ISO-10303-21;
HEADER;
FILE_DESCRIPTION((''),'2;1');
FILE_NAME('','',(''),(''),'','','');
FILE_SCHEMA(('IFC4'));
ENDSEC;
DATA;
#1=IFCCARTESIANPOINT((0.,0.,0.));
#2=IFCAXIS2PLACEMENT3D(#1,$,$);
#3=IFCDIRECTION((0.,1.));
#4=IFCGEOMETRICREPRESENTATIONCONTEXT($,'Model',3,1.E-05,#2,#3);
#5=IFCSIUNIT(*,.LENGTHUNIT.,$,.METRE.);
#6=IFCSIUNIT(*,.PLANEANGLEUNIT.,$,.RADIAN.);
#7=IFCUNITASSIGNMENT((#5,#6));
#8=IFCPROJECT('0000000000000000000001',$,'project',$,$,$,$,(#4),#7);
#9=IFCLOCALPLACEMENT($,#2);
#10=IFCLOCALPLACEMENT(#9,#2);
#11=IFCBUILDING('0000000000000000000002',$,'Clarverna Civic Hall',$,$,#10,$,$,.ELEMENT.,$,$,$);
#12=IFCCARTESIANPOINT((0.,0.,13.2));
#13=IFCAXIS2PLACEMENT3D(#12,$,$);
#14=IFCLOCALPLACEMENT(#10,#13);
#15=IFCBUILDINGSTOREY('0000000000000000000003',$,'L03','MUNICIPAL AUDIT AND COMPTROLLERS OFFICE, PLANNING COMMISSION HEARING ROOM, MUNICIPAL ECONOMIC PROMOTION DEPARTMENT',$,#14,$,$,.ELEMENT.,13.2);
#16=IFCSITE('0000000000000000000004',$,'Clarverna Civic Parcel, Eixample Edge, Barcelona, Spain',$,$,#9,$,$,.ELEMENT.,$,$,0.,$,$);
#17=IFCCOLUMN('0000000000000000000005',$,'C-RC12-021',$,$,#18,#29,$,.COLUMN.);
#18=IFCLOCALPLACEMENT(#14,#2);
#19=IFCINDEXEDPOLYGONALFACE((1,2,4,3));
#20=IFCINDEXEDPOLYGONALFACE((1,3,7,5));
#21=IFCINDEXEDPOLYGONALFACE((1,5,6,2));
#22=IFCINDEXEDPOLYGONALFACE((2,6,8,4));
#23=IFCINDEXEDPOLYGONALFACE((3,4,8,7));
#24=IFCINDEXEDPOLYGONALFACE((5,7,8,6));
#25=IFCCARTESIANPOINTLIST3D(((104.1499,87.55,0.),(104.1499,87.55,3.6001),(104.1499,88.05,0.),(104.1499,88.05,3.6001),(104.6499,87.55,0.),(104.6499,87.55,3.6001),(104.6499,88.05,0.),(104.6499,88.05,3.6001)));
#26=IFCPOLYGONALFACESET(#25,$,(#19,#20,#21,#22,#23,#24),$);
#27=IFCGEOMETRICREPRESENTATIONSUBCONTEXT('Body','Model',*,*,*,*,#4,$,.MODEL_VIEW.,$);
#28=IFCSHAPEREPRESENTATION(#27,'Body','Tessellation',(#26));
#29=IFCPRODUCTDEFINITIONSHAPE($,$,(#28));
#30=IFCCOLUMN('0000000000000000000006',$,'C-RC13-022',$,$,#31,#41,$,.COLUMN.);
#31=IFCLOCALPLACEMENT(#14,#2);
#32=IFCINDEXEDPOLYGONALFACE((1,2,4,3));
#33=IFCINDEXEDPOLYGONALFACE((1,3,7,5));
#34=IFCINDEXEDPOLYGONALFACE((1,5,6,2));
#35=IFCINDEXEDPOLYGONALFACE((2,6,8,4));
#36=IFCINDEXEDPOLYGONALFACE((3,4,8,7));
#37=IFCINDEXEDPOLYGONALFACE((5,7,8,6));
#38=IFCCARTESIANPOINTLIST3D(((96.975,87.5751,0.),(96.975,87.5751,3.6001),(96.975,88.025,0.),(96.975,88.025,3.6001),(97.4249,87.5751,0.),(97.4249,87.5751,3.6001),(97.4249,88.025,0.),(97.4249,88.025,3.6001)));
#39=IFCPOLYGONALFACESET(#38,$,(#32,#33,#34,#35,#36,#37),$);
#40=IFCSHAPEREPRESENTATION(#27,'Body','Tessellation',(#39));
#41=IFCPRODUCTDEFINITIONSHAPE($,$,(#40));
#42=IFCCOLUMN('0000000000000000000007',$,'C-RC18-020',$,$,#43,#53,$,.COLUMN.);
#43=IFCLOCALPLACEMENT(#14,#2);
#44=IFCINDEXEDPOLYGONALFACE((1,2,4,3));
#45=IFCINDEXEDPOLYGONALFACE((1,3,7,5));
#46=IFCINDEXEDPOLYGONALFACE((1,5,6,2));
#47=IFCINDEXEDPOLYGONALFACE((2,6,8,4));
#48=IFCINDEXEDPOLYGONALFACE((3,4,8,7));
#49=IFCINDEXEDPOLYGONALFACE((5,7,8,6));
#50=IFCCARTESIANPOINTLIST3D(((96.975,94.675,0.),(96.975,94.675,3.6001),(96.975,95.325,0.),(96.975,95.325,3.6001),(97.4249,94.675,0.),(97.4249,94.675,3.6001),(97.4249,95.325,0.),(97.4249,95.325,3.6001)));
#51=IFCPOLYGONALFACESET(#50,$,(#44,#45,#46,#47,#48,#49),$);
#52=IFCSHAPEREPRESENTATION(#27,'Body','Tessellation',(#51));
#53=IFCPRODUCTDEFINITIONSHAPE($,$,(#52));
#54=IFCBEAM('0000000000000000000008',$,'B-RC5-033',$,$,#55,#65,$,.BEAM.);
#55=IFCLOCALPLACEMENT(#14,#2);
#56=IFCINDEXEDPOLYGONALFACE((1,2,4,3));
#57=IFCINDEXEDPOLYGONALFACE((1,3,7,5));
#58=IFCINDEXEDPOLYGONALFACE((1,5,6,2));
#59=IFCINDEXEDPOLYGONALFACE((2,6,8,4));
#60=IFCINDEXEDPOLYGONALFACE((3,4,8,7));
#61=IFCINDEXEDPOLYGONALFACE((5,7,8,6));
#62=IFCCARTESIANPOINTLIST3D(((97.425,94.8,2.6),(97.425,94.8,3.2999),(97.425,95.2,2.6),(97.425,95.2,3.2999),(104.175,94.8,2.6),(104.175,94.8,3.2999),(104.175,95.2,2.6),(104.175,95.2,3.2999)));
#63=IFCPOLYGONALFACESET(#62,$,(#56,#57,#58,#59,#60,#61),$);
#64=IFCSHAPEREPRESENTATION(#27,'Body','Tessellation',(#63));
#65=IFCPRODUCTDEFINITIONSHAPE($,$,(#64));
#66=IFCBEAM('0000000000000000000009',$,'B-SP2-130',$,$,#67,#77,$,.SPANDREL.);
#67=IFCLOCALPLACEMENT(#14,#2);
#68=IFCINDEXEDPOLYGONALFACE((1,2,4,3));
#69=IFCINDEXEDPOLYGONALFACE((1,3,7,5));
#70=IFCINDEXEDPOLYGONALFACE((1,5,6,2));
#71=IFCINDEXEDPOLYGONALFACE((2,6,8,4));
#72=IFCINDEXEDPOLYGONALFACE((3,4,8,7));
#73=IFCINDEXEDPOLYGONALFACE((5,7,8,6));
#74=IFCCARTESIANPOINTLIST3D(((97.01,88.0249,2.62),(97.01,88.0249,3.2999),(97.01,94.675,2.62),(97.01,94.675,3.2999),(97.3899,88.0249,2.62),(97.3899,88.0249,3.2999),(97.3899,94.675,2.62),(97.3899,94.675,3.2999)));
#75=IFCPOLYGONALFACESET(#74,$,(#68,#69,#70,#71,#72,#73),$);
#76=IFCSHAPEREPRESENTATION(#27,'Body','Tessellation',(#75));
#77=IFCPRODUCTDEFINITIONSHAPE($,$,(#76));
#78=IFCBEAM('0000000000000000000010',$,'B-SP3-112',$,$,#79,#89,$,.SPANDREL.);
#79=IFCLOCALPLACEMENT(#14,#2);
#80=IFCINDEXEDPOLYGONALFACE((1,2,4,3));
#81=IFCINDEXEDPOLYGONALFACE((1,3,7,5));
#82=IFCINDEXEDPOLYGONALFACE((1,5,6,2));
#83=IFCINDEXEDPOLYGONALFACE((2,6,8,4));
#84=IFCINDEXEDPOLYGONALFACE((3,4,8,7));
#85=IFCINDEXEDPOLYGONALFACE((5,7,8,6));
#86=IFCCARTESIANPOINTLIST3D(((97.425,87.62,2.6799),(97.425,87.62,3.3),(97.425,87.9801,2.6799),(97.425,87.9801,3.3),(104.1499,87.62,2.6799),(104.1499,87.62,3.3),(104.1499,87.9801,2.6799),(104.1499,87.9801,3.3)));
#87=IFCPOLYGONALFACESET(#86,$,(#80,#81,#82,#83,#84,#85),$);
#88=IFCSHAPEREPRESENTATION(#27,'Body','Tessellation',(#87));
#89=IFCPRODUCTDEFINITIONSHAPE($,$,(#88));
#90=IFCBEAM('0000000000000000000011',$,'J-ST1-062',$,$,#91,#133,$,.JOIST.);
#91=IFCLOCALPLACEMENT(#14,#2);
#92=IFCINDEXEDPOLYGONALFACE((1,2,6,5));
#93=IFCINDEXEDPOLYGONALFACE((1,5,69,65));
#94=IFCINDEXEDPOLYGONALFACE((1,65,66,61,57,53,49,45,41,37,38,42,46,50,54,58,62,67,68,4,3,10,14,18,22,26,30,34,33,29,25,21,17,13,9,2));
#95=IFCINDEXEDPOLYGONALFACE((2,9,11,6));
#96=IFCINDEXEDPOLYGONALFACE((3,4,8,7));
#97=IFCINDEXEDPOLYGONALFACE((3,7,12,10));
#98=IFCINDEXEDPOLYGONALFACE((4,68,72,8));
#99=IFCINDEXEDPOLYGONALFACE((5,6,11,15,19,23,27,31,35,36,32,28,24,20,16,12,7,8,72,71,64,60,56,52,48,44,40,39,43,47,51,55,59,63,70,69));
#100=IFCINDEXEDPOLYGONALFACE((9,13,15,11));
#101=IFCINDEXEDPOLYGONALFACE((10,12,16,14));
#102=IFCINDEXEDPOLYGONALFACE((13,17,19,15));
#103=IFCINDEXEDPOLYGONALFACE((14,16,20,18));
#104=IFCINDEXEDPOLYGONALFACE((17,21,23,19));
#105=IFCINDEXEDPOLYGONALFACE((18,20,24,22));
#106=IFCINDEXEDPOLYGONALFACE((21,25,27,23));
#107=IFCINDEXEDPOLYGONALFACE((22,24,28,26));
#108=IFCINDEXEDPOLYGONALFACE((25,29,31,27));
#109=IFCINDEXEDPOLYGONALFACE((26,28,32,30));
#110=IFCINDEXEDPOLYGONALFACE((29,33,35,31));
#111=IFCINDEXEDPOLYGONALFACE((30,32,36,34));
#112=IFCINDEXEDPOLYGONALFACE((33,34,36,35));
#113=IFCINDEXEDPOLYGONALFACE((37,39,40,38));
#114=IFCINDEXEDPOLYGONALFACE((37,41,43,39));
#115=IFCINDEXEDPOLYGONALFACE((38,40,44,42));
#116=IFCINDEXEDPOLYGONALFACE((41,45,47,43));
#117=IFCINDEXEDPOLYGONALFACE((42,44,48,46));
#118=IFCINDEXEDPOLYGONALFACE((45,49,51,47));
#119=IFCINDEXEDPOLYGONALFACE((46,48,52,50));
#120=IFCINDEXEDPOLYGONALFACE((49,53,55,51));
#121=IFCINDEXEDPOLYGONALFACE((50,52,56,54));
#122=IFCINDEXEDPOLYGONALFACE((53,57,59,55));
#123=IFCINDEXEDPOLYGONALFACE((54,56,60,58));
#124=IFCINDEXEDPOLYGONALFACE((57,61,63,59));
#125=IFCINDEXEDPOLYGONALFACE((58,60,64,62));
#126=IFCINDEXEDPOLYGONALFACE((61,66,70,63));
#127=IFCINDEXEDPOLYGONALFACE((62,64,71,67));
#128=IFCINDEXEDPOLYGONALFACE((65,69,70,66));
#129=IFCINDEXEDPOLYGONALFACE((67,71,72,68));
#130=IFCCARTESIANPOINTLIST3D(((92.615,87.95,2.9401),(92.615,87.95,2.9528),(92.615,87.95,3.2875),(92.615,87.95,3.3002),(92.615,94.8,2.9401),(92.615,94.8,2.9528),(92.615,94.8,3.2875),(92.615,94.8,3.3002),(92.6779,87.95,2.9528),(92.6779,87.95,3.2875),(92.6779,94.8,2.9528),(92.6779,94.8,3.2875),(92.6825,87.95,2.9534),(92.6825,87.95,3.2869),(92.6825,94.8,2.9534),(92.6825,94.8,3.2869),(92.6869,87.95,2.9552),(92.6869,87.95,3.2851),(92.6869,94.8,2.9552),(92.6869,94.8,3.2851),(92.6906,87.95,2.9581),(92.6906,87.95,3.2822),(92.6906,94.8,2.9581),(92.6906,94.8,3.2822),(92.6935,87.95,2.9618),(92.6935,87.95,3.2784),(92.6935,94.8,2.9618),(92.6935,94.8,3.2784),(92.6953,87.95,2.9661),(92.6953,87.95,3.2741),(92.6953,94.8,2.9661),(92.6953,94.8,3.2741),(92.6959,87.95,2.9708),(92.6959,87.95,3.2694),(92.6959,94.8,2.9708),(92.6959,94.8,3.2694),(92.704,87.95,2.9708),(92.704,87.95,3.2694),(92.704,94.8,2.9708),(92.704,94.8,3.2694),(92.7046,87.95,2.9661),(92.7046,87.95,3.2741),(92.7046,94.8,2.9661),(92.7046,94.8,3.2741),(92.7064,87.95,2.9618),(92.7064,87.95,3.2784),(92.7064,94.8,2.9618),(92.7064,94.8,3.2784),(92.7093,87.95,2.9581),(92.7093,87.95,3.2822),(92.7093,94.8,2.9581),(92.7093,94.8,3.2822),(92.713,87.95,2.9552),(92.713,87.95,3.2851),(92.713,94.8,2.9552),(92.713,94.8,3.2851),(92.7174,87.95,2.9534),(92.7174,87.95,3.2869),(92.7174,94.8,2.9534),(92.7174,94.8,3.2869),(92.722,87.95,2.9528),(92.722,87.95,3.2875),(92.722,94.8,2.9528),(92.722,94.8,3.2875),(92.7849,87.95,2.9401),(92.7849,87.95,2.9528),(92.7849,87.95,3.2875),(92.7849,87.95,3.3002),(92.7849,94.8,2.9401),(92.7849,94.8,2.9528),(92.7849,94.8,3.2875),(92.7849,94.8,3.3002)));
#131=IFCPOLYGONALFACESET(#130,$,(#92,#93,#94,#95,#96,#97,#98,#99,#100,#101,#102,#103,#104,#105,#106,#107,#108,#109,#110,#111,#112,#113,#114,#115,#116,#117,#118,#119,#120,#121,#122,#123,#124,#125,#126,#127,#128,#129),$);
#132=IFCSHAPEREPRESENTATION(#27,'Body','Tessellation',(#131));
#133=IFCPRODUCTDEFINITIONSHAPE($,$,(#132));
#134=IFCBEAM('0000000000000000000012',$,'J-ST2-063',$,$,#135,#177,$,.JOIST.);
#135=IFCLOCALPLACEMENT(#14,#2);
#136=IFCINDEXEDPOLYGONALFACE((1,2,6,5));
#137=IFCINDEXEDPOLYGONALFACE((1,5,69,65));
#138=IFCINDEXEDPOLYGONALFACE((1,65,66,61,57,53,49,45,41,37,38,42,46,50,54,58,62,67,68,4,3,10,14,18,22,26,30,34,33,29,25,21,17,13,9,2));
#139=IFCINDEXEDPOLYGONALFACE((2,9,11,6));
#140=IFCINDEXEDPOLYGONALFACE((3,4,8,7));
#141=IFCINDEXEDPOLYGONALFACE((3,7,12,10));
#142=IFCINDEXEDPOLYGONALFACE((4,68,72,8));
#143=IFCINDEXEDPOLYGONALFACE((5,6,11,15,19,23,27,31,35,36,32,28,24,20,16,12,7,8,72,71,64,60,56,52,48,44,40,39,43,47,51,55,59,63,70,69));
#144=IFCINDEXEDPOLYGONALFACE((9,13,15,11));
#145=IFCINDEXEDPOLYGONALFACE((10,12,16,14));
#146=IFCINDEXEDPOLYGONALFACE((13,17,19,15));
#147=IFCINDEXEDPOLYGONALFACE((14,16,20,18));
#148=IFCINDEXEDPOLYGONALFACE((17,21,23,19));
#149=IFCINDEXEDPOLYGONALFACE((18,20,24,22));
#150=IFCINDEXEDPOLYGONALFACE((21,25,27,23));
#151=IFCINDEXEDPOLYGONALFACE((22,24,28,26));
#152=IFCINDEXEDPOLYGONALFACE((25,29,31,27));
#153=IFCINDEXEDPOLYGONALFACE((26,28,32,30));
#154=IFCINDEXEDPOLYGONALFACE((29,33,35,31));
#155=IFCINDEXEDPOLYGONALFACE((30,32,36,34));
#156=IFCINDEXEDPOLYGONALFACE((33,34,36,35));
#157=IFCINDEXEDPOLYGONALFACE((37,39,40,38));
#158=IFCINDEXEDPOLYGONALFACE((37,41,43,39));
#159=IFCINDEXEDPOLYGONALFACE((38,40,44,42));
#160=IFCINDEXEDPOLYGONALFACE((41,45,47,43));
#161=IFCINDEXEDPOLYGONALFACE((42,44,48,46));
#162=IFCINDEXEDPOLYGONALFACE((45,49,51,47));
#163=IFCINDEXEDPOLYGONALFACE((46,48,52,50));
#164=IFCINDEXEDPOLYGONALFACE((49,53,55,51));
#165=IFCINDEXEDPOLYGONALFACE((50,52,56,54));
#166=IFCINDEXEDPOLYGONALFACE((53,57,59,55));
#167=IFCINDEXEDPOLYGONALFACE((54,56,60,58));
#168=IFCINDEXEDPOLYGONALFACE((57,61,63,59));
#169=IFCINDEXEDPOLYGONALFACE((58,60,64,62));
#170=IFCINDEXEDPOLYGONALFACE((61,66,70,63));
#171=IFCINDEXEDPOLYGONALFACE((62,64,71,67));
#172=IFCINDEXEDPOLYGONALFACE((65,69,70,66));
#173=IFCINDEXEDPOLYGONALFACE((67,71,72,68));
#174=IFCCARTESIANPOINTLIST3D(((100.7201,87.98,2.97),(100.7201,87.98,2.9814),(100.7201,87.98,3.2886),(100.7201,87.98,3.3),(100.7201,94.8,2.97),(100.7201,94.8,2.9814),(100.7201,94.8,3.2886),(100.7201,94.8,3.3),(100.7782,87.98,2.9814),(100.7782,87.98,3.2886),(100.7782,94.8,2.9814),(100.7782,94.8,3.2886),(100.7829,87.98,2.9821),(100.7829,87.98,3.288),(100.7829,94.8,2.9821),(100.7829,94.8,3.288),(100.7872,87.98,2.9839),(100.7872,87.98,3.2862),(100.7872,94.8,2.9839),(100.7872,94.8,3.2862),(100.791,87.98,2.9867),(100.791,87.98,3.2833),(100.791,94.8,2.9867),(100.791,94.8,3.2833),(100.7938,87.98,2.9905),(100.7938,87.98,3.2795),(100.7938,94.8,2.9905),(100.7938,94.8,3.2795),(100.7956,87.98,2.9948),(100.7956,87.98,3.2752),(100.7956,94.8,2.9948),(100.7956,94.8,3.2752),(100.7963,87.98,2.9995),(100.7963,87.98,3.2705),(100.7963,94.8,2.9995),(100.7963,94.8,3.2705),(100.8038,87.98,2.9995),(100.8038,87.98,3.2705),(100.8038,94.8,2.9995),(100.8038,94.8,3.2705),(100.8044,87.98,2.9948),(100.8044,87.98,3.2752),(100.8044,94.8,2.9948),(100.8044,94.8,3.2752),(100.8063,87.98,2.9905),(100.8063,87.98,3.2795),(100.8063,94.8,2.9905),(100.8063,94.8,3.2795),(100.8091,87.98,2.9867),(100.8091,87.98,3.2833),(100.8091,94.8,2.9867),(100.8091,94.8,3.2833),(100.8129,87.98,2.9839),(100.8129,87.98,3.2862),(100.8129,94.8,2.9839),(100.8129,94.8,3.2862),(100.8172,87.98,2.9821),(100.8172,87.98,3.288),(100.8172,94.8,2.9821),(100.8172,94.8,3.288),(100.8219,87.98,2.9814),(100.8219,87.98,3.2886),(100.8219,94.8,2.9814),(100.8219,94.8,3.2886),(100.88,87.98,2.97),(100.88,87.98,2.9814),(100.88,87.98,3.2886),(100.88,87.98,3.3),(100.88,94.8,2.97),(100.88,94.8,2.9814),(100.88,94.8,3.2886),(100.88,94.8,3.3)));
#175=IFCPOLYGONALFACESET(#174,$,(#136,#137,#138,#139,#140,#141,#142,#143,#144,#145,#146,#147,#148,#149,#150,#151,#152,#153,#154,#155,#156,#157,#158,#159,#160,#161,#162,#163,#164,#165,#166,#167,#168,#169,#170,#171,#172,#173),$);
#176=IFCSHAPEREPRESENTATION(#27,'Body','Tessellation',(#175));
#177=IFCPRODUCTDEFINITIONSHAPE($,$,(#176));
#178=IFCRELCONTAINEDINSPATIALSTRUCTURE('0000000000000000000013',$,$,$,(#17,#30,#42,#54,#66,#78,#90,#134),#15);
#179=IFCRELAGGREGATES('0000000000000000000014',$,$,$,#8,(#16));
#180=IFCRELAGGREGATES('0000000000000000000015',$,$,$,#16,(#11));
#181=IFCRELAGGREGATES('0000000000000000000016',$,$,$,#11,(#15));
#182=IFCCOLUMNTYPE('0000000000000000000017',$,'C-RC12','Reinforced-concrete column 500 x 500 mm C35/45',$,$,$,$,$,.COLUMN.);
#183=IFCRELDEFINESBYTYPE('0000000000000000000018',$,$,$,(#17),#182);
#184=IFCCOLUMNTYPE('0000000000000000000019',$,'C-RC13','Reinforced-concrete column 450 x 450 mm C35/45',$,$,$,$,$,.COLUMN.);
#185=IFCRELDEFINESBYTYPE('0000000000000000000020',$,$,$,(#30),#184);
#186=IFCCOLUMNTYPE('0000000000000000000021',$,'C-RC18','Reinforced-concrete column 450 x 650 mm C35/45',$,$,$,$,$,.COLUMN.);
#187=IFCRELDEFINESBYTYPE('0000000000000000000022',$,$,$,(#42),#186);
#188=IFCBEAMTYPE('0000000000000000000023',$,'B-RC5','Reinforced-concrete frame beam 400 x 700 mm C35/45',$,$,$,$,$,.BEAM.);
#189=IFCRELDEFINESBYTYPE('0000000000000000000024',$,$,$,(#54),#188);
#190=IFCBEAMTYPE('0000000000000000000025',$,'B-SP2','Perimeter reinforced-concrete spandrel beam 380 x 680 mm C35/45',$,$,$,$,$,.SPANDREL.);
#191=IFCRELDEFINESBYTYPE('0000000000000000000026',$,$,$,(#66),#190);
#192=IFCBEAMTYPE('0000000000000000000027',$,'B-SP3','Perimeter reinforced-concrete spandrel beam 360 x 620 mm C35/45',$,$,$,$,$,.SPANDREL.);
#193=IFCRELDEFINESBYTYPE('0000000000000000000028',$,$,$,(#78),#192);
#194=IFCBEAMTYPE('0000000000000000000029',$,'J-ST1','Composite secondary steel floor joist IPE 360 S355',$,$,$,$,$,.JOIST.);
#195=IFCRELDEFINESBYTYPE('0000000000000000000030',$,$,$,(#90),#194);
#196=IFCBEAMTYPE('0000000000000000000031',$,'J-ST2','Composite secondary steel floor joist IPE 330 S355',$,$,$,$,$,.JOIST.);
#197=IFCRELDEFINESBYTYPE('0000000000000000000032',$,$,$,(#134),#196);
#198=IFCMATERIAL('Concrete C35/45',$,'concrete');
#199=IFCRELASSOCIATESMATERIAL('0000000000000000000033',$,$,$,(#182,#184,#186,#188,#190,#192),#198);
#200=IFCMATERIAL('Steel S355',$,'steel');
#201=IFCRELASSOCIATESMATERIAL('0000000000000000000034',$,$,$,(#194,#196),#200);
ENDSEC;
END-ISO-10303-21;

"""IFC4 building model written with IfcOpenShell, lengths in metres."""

from ifc_helpers import new_model, si_unit, direction, frame, origin, origin_2d, place, context, subcontext, project, spatial, rectangle, i_section, extrude, material, material_profile, profile_set, type_object, element, save


model = new_model("IFC4")

# Units and contexts
model_context = context("Model", 3, precision=1e-05, world=origin(), true_north=direction((0.0, 1.0)))
body_context = subcontext(model_context, "Body", "Model", "MODEL_VIEW")
ifc_project = project(units=[si_unit("LENGTHUNIT", "METRE"), si_unit("PLANEANGLEUNIT", "RADIAN")], contexts=[model_context])

# Site, building, storey
site_placement = place(None, origin())
site = spatial("IfcSite", under=ifc_project, at=site_placement, Name="Clarverna Civic Parcel, Eixample Edge, Barcelona, Spain", CompositionType="ELEMENT", RefElevation=0.0)
building_placement = place(site_placement, origin())
building = spatial("IfcBuilding", under=site, at=building_placement, Name="Clarverna Civic Hall", CompositionType="ELEMENT")
storey_placement = place(building_placement, frame((0.0, 0.0, 13.2)))
storey = spatial("IfcBuildingStorey", under=building, at=storey_placement, Name="L03", Description="MUNICIPAL AUDIT AND COMPTROLLERS OFFICE, PLANNING COMMISSION HEARING ROOM, MUNICIPAL ECONOMIC PROMOTION DEPARTMENT", CompositionType="ELEMENT", Elevation=13.2)

# Columns
ifc_material_1 = material(Name="Concrete C35/45", Category="concrete")
ifc_material_profile_1 = material_profile(ifc_material_1, rectangle(XDim=0.5, YDim=0.5, at=origin_2d()), Name="RC 500x500")
ifc_profile_set_1 = profile_set([ifc_material_profile_1], Name="Concrete C35/45")
column_type_1 = type_object("IfcColumnType", Name="C-RC12", Description="Reinforced-concrete column 500 x 500 mm C35/45", PredefinedType="COLUMN", material=ifc_profile_set_1)
column_1_placement = place(storey_placement, frame((104.3999, 87.8, 0.0), z_axis=(0.0, 0.0, 1.0), x_axis=(1.0, 0.0, 0.0)))
element("IfcColumn", 1, at=column_1_placement, inside=storey, type_object=column_type_1, Name="C-RC12-021", PredefinedType="COLUMN", context=body_context, shape_type="SweptSolid", body=[
    extrude(rectangle(XDim=0.5, YDim=0.5, at=origin_2d()), origin(), (0.0, 0.0, 1.0), 3.6001),
])
ifc_material_profile_2 = material_profile(ifc_material_1, rectangle(XDim=0.45, YDim=0.45, at=origin_2d()), Name="RC 450x450")
ifc_profile_set_2 = profile_set([ifc_material_profile_2], Name="Concrete C35/45")
column_type_2 = type_object("IfcColumnType", Name="C-RC13", Description="Reinforced-concrete column 450 x 450 mm C35/45", PredefinedType="COLUMN", material=ifc_profile_set_2)
column_2_placement = place(storey_placement, frame((97.2, 87.8, 0.0), z_axis=(0.0, 0.0, 1.0), x_axis=(1.0, 0.0, 0.0)))
element("IfcColumn", 2, at=column_2_placement, inside=storey, type_object=column_type_2, Name="C-RC13-022", PredefinedType="COLUMN", context=body_context, shape_type="SweptSolid", body=[
    extrude(rectangle(XDim=0.45, YDim=0.45, at=origin_2d()), origin(), (0.0, 0.0, 1.0), 3.6001),
])
ifc_material_profile_3 = material_profile(ifc_material_1, rectangle(XDim=0.45, YDim=0.6499, at=origin_2d()), Name="RC 450x650")
ifc_profile_set_3 = profile_set([ifc_material_profile_3], Name="Concrete C35/45")
column_type_3 = type_object("IfcColumnType", Name="C-RC18", Description="Reinforced-concrete column 450 x 650 mm C35/45", PredefinedType="COLUMN", material=ifc_profile_set_3)
column_3_placement = place(storey_placement, frame((97.2, 95.0, 0.0), z_axis=(0.0, 0.0, 1.0), x_axis=(1.0, 0.0, 0.0)))
element("IfcColumn", 3, at=column_3_placement, inside=storey, type_object=column_type_3, Name="C-RC18-020", PredefinedType="COLUMN", context=body_context, shape_type="SweptSolid", body=[
    extrude(rectangle(XDim=0.45, YDim=0.6499, at=origin_2d()), origin(), (0.0, 0.0, 1.0), 3.6001),
])

# Beams
ifc_material_profile_4 = material_profile(ifc_material_1, rectangle(XDim=0.3999, YDim=0.7, at=origin_2d()), Name="RC 400x700")
ifc_profile_set_4 = profile_set([ifc_material_profile_4], Name="Concrete C35/45")
beam_type_1 = type_object("IfcBeamType", Name="B-RC5", Description="Reinforced-concrete frame beam 400 x 700 mm C35/45", PredefinedType="BEAM", material=ifc_profile_set_4)
beam_1_placement = place(storey_placement, frame((97.425, 95.0, 2.95), z_axis=(1.0, 0.0, 0.0), x_axis=(0.0, 1.0, 0.0)))
element("IfcBeam", 4, at=beam_1_placement, inside=storey, type_object=beam_type_1, Name="B-RC5-033", PredefinedType="BEAM", context=body_context, shape_type="SweptSolid", body=[
    extrude(rectangle(XDim=0.3999, YDim=0.7, at=origin_2d()), origin(), (0.0, 0.0, 1.0), 6.75),
])
ifc_material_profile_5 = material_profile(ifc_material_1, rectangle(XDim=0.3799, YDim=0.6799, at=origin_2d()), Name="RC 380x680")
ifc_profile_set_5 = profile_set([ifc_material_profile_5], Name="Concrete C35/45")
beam_type_2 = type_object("IfcBeamType", Name="B-SP2", Description="Perimeter reinforced-concrete spandrel beam 380 x 680 mm C35/45", PredefinedType="SPANDREL", material=ifc_profile_set_5)
beam_2_placement = place(storey_placement, frame((97.2, 88.0249, 2.96), z_axis=(0.0, 1.0, 0.0), x_axis=(-1.0, 0.0, 0.0)))
element("IfcBeam", 5, at=beam_2_placement, inside=storey, type_object=beam_type_2, Name="B-SP2-130", PredefinedType="SPANDREL", context=body_context, shape_type="SweptSolid", body=[
    extrude(rectangle(XDim=0.3799, YDim=0.6799, at=origin_2d()), origin(), (0.0, 0.0, 1.0), 6.6501),
])
ifc_material_profile_6 = material_profile(ifc_material_1, rectangle(XDim=0.3601, YDim=0.6201, at=origin_2d()), Name="RC 360x620")
ifc_profile_set_6 = profile_set([ifc_material_profile_6], Name="Concrete C35/45")
beam_type_3 = type_object("IfcBeamType", Name="B-SP3", Description="Perimeter reinforced-concrete spandrel beam 360 x 620 mm C35/45", PredefinedType="SPANDREL", material=ifc_profile_set_6)
beam_3_placement = place(storey_placement, frame((97.425, 87.8, 2.99), z_axis=(1.0, 0.0, 0.0), x_axis=(0.0, 1.0, 0.0)))
element("IfcBeam", 6, at=beam_3_placement, inside=storey, type_object=beam_type_3, Name="B-SP3-112", PredefinedType="SPANDREL", context=body_context, shape_type="SweptSolid", body=[
    extrude(rectangle(XDim=0.3601, YDim=0.6201, at=origin_2d()), origin(), (0.0, 0.0, 1.0), 6.7249),
])
ifc_material_2 = material(Name="Steel S355", Category="steel")
ifc_material_profile_7 = material_profile(ifc_material_2, i_section(OverallWidth=0.1699, OverallDepth=0.3601, WebThickness=0.0081, FlangeThickness=0.0127, FilletRadius=0.0181, at=origin_2d()), Name="IPE 360")
ifc_profile_set_7 = profile_set([ifc_material_profile_7], Name="Steel S355")
beam_type_4 = type_object("IfcBeamType", Name="J-ST1", Description="Composite secondary steel floor joist IPE 360 S355", PredefinedType="JOIST", material=ifc_profile_set_7)
beam_4_placement = place(storey_placement, frame((92.7, 87.95, 3.1201), z_axis=(0.0, 1.0, 0.0), x_axis=(-1.0, 0.0, 0.0)))
element("IfcBeam", 7, at=beam_4_placement, inside=storey, type_object=beam_type_4, Name="J-ST1-062", PredefinedType="JOIST", context=body_context, shape_type="SweptSolid", body=[
    extrude(i_section(OverallWidth=0.1699, OverallDepth=0.3601, WebThickness=0.0081, FlangeThickness=0.0127, FilletRadius=0.0181, at=origin_2d()), origin(), (0.0, 0.0, 1.0), 6.8501),
])
ifc_material_profile_8 = material_profile(ifc_material_2, i_section(OverallWidth=0.1599, OverallDepth=0.3301, WebThickness=0.0076, FlangeThickness=0.0115, FilletRadius=0.0181, at=origin_2d()), Name="IPE 330")
ifc_profile_set_8 = profile_set([ifc_material_profile_8], Name="Steel S355")
beam_type_5 = type_object("IfcBeamType", Name="J-ST2", Description="Composite secondary steel floor joist IPE 330 S355", PredefinedType="JOIST", material=ifc_profile_set_8)
beam_5_placement = place(storey_placement, frame((100.8, 87.98, 3.135), z_axis=(0.0, 1.0, 0.0), x_axis=(-1.0, 0.0, 0.0)))
element("IfcBeam", 8, at=beam_5_placement, inside=storey, type_object=beam_type_5, Name="J-ST2-063", PredefinedType="JOIST", context=body_context, shape_type="SweptSolid", body=[
    extrude(i_section(OverallWidth=0.1599, OverallDepth=0.3301, WebThickness=0.0076, FlangeThickness=0.0115, FilletRadius=0.0181, at=origin_2d()), origin(), (0.0, 0.0, 1.0), 6.8201),
])

save(model, "model.ifc")
